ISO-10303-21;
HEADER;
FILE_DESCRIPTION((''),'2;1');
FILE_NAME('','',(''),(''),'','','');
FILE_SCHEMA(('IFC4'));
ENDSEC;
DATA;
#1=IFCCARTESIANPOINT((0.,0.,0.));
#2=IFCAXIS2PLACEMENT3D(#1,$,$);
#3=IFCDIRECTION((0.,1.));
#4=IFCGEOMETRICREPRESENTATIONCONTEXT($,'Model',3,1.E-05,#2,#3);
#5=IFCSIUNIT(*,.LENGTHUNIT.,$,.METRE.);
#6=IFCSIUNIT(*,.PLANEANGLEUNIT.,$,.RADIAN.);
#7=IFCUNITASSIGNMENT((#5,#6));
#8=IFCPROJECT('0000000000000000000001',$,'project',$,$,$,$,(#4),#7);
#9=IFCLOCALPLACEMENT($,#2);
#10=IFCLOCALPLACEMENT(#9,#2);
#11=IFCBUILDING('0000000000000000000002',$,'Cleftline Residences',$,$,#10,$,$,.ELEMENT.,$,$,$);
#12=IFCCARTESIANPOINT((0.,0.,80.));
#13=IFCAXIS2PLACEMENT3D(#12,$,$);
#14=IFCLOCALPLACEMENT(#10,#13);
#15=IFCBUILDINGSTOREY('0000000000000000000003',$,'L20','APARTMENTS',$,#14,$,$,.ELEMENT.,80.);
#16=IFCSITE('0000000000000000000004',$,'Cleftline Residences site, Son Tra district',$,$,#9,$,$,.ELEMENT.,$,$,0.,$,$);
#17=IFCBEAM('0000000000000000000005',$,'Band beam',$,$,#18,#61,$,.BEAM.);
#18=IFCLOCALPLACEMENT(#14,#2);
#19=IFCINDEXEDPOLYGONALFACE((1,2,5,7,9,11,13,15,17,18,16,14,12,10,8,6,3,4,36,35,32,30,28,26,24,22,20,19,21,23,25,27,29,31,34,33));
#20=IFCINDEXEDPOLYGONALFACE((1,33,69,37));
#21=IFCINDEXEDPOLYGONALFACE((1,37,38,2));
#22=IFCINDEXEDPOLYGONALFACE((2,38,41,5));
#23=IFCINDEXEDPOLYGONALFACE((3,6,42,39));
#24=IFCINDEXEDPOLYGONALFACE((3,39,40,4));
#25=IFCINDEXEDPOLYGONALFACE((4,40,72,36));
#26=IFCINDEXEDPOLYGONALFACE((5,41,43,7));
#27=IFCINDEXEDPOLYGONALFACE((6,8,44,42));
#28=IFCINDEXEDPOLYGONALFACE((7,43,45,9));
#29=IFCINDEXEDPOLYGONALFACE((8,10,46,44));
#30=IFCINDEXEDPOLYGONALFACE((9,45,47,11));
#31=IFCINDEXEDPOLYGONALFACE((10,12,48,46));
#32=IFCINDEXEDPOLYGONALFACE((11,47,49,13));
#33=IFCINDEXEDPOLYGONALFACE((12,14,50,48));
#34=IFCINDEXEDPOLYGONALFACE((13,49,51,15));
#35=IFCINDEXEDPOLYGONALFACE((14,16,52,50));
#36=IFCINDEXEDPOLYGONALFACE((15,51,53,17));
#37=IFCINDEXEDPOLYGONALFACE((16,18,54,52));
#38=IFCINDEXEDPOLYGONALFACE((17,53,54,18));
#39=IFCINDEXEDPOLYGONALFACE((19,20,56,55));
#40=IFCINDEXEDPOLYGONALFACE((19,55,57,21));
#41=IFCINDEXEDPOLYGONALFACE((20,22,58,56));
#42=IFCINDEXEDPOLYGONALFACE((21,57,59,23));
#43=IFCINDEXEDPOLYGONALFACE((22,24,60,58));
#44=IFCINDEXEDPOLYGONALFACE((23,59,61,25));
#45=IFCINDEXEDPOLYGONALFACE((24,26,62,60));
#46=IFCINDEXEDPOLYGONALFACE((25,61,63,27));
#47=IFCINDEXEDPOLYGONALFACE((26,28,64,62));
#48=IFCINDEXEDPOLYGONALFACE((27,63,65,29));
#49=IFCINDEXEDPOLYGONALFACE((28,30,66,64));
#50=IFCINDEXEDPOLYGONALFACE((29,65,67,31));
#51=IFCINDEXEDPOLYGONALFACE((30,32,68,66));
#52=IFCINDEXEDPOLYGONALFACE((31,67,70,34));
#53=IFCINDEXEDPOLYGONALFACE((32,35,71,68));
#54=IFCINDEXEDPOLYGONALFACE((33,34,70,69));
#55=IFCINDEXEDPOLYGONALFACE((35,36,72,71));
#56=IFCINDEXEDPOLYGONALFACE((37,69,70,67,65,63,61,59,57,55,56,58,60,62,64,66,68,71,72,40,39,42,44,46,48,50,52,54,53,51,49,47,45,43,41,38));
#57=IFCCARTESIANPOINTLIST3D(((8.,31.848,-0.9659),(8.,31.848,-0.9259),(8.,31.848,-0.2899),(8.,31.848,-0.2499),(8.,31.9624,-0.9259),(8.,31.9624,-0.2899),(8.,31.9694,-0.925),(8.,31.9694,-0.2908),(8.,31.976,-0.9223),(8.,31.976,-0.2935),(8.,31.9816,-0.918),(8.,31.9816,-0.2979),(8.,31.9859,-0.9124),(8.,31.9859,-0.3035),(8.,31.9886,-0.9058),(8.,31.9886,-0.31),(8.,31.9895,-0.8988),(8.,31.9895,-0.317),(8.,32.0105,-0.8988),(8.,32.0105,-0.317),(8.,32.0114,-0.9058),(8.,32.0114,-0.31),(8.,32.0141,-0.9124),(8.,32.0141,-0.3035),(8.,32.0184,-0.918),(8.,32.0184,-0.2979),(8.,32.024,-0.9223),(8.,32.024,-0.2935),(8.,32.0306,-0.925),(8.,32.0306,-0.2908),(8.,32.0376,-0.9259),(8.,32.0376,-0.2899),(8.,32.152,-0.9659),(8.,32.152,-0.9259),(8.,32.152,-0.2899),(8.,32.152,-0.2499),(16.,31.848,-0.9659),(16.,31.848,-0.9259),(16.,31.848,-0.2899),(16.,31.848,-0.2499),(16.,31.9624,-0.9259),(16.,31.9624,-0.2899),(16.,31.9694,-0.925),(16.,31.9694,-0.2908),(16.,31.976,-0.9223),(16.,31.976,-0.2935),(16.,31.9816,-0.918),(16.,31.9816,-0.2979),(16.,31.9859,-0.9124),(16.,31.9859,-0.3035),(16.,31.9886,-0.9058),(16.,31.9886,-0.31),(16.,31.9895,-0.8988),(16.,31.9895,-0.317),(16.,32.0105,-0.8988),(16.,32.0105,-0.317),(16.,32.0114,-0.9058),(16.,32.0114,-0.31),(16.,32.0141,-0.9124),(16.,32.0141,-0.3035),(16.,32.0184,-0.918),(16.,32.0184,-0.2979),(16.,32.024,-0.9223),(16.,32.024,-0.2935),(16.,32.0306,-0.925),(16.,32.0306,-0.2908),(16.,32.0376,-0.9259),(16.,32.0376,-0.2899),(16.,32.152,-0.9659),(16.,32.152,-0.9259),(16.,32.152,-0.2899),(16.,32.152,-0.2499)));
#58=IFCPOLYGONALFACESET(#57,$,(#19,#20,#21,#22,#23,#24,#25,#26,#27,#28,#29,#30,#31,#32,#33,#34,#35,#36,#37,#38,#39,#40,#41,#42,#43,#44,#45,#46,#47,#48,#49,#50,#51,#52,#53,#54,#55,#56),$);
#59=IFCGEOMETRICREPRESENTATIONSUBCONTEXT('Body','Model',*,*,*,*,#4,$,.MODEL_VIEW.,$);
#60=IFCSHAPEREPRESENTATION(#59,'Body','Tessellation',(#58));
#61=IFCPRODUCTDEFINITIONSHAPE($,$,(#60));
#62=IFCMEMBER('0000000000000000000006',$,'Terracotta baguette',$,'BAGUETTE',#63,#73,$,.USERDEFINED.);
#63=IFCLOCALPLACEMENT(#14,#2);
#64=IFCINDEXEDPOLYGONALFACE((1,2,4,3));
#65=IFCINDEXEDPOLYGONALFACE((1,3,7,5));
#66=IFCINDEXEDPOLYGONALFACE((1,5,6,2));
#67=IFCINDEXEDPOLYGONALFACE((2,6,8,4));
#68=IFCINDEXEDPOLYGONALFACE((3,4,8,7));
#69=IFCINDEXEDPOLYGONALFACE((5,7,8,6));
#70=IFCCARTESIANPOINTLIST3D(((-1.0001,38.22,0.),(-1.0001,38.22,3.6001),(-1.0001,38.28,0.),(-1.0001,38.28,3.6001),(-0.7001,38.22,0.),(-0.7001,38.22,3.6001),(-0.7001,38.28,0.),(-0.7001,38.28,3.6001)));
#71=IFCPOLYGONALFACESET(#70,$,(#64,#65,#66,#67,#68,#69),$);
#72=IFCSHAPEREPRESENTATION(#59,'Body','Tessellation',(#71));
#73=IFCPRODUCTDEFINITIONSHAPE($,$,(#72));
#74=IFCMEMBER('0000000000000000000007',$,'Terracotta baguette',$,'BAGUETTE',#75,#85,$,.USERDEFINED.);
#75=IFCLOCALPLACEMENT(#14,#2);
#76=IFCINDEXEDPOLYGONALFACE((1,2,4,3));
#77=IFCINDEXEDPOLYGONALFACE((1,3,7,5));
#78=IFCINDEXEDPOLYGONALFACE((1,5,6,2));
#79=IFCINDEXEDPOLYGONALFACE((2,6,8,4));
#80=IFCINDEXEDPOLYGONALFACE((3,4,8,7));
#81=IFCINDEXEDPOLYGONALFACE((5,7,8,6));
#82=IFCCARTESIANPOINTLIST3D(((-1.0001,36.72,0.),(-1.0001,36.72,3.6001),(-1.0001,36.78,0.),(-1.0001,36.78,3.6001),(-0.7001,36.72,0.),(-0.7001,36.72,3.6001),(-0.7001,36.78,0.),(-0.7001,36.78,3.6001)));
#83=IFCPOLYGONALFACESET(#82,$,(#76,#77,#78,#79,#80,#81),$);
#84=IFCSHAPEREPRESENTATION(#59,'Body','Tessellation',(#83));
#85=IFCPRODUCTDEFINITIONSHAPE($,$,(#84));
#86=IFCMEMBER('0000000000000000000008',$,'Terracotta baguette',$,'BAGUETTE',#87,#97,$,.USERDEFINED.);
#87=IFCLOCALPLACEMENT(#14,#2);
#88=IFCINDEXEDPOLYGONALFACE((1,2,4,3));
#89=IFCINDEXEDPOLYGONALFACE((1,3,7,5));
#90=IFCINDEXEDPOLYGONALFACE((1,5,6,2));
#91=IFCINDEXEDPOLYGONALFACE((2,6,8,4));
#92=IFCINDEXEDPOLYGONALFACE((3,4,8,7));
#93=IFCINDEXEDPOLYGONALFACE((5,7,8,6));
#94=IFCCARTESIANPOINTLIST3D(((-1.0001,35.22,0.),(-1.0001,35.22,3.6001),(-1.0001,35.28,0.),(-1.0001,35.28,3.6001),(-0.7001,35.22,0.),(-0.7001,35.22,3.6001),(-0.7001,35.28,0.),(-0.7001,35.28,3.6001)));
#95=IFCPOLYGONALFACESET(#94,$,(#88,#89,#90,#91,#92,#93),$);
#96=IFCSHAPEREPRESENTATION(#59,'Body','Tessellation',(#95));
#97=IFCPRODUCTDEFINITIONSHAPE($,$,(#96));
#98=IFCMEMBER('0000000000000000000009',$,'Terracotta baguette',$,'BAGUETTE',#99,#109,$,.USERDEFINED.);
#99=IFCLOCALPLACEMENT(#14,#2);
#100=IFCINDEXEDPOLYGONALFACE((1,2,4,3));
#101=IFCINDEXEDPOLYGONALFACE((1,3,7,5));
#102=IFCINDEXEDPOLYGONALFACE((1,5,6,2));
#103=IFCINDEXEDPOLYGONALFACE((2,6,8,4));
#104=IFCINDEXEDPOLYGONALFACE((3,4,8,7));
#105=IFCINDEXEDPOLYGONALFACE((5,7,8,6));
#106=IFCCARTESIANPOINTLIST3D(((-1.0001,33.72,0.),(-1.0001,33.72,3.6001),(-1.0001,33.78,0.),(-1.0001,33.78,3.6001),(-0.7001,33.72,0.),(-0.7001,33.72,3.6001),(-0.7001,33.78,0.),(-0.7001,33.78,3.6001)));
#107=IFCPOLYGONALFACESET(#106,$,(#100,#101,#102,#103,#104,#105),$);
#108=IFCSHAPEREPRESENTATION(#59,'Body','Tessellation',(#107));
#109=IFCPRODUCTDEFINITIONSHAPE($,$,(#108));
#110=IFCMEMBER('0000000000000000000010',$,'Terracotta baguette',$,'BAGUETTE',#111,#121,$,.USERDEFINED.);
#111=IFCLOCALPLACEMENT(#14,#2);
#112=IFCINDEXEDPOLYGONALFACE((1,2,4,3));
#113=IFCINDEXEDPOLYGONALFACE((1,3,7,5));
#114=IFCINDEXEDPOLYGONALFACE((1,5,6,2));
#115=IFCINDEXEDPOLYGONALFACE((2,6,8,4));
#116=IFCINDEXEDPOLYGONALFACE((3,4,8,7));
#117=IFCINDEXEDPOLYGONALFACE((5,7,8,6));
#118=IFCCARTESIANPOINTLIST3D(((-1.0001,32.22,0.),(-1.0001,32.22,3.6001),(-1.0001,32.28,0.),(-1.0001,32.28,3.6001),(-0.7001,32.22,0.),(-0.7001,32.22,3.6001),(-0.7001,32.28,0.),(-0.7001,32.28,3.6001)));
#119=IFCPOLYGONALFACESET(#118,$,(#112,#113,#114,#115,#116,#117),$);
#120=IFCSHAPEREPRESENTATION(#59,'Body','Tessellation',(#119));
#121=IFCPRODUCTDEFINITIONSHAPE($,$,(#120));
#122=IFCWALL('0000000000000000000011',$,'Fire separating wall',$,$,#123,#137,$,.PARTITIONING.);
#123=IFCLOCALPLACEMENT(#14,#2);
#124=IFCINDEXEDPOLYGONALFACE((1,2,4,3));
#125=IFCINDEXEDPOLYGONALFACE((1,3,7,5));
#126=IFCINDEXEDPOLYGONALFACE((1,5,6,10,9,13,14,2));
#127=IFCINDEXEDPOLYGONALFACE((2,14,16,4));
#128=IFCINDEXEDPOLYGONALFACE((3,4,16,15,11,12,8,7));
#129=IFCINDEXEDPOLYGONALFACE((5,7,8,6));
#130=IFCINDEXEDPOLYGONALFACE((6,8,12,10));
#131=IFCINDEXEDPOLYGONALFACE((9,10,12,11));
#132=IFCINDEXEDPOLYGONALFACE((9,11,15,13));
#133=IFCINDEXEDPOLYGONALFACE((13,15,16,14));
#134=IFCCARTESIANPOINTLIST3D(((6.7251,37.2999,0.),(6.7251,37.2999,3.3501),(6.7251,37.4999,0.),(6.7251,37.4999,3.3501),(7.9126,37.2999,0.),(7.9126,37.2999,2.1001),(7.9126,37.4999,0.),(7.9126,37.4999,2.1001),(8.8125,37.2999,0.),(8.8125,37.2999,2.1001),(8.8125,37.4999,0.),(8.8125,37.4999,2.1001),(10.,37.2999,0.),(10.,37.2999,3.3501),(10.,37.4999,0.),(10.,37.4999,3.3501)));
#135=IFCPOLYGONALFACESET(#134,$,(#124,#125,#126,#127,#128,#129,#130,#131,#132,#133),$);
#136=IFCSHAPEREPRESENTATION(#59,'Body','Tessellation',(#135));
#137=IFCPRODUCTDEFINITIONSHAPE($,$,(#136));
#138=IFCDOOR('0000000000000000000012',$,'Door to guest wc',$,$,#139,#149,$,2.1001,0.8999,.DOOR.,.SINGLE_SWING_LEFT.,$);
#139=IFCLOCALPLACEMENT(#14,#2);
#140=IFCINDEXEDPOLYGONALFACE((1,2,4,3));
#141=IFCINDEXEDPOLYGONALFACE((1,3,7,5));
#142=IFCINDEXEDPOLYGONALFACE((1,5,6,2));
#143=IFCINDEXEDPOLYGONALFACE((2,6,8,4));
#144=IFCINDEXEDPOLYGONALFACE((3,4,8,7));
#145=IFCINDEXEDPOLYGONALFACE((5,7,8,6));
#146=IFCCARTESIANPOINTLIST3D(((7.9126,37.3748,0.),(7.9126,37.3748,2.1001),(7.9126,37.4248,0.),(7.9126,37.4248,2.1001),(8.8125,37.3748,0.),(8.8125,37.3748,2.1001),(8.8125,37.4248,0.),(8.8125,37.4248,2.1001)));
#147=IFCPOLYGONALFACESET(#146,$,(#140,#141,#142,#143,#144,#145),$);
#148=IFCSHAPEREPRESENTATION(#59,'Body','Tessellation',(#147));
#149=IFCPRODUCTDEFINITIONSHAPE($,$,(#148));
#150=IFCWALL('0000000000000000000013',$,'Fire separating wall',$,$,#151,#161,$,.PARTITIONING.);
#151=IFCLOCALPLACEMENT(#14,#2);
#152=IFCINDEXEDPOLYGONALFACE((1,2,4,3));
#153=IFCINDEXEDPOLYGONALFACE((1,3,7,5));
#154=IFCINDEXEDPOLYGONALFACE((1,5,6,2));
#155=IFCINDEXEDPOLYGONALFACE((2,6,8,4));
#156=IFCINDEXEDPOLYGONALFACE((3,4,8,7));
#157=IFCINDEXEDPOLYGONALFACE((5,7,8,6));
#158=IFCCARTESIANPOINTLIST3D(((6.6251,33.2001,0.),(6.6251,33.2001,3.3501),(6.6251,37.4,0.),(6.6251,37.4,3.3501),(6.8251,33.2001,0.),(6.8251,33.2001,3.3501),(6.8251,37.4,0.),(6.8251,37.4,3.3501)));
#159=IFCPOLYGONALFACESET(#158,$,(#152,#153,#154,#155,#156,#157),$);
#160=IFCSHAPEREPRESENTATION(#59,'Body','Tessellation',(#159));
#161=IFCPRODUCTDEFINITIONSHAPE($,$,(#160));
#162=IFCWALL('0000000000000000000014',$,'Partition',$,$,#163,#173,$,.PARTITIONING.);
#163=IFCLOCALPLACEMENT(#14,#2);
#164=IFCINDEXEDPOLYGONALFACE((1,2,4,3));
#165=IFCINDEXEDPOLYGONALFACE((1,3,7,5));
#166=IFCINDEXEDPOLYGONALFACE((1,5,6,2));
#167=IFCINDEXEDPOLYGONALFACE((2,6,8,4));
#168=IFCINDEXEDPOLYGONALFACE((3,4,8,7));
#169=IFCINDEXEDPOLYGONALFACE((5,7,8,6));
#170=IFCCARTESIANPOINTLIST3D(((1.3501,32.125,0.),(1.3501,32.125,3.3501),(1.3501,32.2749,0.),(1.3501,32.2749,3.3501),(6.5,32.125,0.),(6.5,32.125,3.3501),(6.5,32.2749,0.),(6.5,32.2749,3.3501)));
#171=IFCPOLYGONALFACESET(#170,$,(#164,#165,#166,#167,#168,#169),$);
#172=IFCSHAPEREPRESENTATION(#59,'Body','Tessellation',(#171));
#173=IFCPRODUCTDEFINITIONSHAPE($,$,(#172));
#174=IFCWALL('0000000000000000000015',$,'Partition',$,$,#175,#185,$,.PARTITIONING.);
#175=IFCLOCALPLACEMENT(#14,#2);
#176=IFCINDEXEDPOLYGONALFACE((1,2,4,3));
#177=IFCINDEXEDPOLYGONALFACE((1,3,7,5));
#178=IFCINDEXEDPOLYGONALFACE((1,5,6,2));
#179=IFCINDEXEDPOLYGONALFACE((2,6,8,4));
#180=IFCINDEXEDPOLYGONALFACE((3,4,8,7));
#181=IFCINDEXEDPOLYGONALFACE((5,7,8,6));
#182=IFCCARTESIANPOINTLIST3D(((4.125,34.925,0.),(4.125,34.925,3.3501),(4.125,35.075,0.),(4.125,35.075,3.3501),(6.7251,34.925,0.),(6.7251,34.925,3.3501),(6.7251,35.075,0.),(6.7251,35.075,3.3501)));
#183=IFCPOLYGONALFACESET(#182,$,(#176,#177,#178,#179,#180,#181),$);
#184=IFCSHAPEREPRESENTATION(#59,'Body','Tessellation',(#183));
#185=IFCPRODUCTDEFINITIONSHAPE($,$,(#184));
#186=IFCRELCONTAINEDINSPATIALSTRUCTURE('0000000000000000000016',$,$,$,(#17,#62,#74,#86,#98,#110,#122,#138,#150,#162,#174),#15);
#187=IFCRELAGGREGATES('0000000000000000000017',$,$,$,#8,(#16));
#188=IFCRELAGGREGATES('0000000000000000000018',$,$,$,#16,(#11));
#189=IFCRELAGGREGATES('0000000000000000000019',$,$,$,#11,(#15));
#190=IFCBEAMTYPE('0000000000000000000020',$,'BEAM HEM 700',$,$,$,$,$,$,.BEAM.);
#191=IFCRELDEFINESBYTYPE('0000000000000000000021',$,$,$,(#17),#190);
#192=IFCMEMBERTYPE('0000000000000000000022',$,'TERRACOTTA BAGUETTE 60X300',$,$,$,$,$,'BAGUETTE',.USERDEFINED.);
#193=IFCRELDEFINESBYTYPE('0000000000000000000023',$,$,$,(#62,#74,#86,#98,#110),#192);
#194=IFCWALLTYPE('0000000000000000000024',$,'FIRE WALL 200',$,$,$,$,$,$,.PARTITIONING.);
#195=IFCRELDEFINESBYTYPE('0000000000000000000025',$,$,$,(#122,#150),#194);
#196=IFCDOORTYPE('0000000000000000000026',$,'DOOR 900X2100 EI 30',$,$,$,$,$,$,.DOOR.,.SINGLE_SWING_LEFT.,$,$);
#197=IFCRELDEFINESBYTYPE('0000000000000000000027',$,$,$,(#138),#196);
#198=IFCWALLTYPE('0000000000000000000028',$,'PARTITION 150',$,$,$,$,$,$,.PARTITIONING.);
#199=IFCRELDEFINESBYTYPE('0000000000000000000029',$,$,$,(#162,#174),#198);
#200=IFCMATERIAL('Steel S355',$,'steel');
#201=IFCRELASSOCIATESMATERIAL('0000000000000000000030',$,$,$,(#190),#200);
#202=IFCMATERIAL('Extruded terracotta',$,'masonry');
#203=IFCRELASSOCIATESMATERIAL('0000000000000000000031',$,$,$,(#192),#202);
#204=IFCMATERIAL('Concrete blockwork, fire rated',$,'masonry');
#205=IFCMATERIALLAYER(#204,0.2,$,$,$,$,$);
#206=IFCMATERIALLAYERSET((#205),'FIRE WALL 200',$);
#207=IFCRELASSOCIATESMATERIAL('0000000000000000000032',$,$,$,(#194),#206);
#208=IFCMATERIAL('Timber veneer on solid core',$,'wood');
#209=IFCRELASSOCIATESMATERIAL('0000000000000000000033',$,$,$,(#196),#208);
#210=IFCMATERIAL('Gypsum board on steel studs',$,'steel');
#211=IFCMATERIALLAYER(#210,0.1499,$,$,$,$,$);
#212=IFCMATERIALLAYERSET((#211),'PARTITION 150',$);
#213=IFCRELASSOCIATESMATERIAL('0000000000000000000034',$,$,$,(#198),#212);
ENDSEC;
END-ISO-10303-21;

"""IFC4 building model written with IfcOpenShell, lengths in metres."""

from ifc_helpers import new_model, si_unit, direction, frame, frame_2d, origin, origin_2d, place, context, subcontext, project, spatial, rectangle, i_section, extrude, material, layer, layer_set, material_profile, profile_set, type_object, element, fill, save


model = new_model("IFC4")

# Units and contexts
model_context = context("Model", 3, precision=1e-05, world=origin(), true_north=direction((0.0, 1.0)))
body_context = subcontext(model_context, "Body", "Model", "MODEL_VIEW")
ifc_project = project(units=[si_unit("LENGTHUNIT", "METRE"), si_unit("PLANEANGLEUNIT", "RADIAN")], contexts=[model_context])

# Site, building, storey
site_placement = place(None, origin())
site = spatial("IfcSite", under=ifc_project, at=site_placement, Name="Cleftline Residences site, Son Tra district", CompositionType="ELEMENT", RefElevation=0.0)
building_placement = place(site_placement, origin())
building = spatial("IfcBuilding", under=site, at=building_placement, Name="Cleftline Residences", CompositionType="ELEMENT")
storey_placement = place(building_placement, frame((0.0, 0.0, 80.0)))
storey = spatial("IfcBuildingStorey", under=building, at=storey_placement, Name="L20", Description="APARTMENTS", CompositionType="ELEMENT", Elevation=80.0)

# Beam
ifc_material_1 = material(Name="Steel S355", Category="steel")
ifc_material_profile_1 = material_profile(ifc_material_1, i_section(OverallWidth=0.304, OverallDepth=0.7161, WebThickness=0.021, FlangeThickness=0.04, FilletRadius=0.0271, at=origin_2d()))
ifc_profile_set_1 = profile_set([ifc_material_profile_1], Name="Steel S355")
beam_type = type_object("IfcBeamType", Name="BEAM HEM 700", PredefinedType="BEAM", material=ifc_profile_set_1)
beam_placement = place(storey_placement, frame((8.0, 32.0, -0.6079), z_axis=(1.0, 0.0, 0.0), x_axis=(0.0, 1.0, 0.0)))
element("IfcBeam", 1, at=beam_placement, inside=storey, type_object=beam_type, Name="Band beam", PredefinedType="BEAM", context=body_context, shape_type="SweptSolid", body=[
    extrude(i_section(OverallWidth=0.304, OverallDepth=0.7161, WebThickness=0.021, FlangeThickness=0.04, FilletRadius=0.0271, at=origin_2d()), origin(), (0.0, 0.0, 1.0), 8.0),
])

# Members
ifc_material_2 = material(Name="Extruded terracotta", Category="masonry")
ifc_material_profile_2 = material_profile(ifc_material_2, rectangle(XDim=0.0601, YDim=0.3, at=origin_2d()))
ifc_profile_set_2 = profile_set([ifc_material_profile_2], Name="Extruded terracotta")
member_type = type_object("IfcMemberType", Name="TERRACOTTA BAGUETTE 60X300", ElementType="BAGUETTE", PredefinedType="USERDEFINED", material=ifc_profile_set_2)
for number, where, z_axis, x_axis, name in (
    (2, (-0.8501, 38.25, 0.0), (0.0, 0.0, 1.0), (0.0, 1.0, 0.0), "Terracotta baguette"),
    (3, (-0.8501, 36.75, 0.0), (0.0, 0.0, 1.0), (0.0, 1.0, 0.0), "Terracotta baguette"),
    (4, (-0.8501, 35.25, 0.0), (0.0, 0.0, 1.0), (0.0, 1.0, 0.0), "Terracotta baguette"),
    (5, (-0.8501, 33.75, 0.0), (0.0, 0.0, 1.0), (0.0, 1.0, 0.0), "Terracotta baguette"),
    (6, (-0.8501, 32.25, 0.0), (0.0, 0.0, 1.0), (0.0, 1.0, 0.0), "Terracotta baguette"),
):
    element("IfcMember", number, at=place(storey_placement, frame(where, z_axis=z_axis, x_axis=x_axis)), inside=storey, type_object=member_type, Name=name, ObjectType="BAGUETTE", PredefinedType="USERDEFINED", context=body_context, shape_type="SweptSolid", body=[
        extrude(rectangle(XDim=0.0601, YDim=0.3, at=origin_2d()), origin(), (0.0, 0.0, 1.0), 3.6001),
    ])

# Wall, opening, door
ifc_material_3 = material(Name="Concrete blockwork, fire rated", Category="masonry")
ifc_layer_1 = layer(ifc_material_3, 0.2)
ifc_layer_set_1 = layer_set([ifc_layer_1], Name="FIRE WALL 200")
wall_type_1 = type_object("IfcWallType", Name="FIRE WALL 200", PredefinedType="PARTITIONING", material=ifc_layer_set_1)
wall_1_placement = place(storey_placement, frame((6.7251, 37.3999, 0.0), z_axis=(0.0, 0.0, 1.0), x_axis=(1.0, 0.0, 0.0)))
wall_1 = element("IfcWall", 7, at=wall_1_placement, inside=storey, type_object=wall_type_1, Name="Fire separating wall", PredefinedType="PARTITIONING", context=body_context, shape_type="SweptSolid", body=[
    extrude(rectangle(XDim=3.2749, YDim=0.2, at=frame_2d((1.6375, 0.0))), origin(), (0.0, 0.0, 1.0), 3.3501),
])
opening_1_placement = place(wall_1_placement, frame((1.1875, 0.0, 0.0)))
opening_1 = element("IfcOpeningElement", 8, at=opening_1_placement, cuts=wall_1, PredefinedType="OPENING", context=body_context, shape_type="SweptSolid", body=[
    extrude(rectangle(XDim=0.8999, YDim=2.1001, at=frame_2d((0.45, 1.05))), frame((0.0, 0.1099, 0.0), z_axis=(0.0, -1.0, 0.0), x_axis=(1.0, 0.0, 0.0)), (0.0, 0.0, 1.0), 0.22),
])
ifc_material_4 = material(Name="Timber veneer on solid core", Category="wood")
door_type_1 = type_object("IfcDoorType", Name="DOOR 900X2100 EI 30", OperationType="SINGLE_SWING_LEFT", PredefinedType="DOOR", material=ifc_material_4)
door_1_placement = place(opening_1_placement, origin())
door_1 = element("IfcDoor", 9, at=door_1_placement, inside=storey, type_object=door_type_1, Name="Door to guest wc", OperationType="SINGLE_SWING_LEFT", OverallHeight=2.1001, OverallWidth=0.8999, PredefinedType="DOOR", context=body_context, shape_type="SweptSolid", body=[
    extrude(rectangle(XDim=0.8999, YDim=2.1001, at=frame_2d((0.45, 1.05))), frame((0.0, 0.0249, 0.0), z_axis=(0.0, -1.0, 0.0), x_axis=(1.0, 0.0, 0.0)), (0.0, 0.0, 1.0), 0.05),
])
fill(opening_1, door_1)

# Walls
wall_2_placement = place(storey_placement, frame((6.7251, 33.2, 0.0), z_axis=(0.0, 0.0, 1.0), x_axis=(0.0, 1.0, 0.0)))
element("IfcWall", 10, at=wall_2_placement, inside=storey, type_object=wall_type_1, Name="Fire separating wall", PredefinedType="PARTITIONING", context=body_context, shape_type="SweptSolid", body=[
    extrude(rectangle(XDim=4.2, YDim=0.2, at=frame_2d((2.1001, 0.0))), origin(), (0.0, 0.0, 1.0), 3.3501),
])
ifc_material_5 = material(Name="Gypsum board on steel studs", Category="steel")
ifc_layer_2 = layer(ifc_material_5, 0.1499)
ifc_layer_set_2 = layer_set([ifc_layer_2], Name="PARTITION 150")
wall_type_2 = type_object("IfcWallType", Name="PARTITION 150", PredefinedType="PARTITIONING", material=ifc_layer_set_2)
wall_3_placement = place(storey_placement, frame((1.3501, 32.2, 0.0), z_axis=(0.0, 0.0, 1.0), x_axis=(1.0, 0.0, 0.0)))
element("IfcWall", 11, at=wall_3_placement, inside=storey, type_object=wall_type_2, Name="Partition", PredefinedType="PARTITIONING", context=body_context, shape_type="SweptSolid", body=[
    extrude(rectangle(XDim=5.1499, YDim=0.1499, at=frame_2d((2.575, 0.0))), origin(), (0.0, 0.0, 1.0), 3.3501),
])
wall_4_placement = place(storey_placement, frame((4.125, 35.0, 0.0), z_axis=(0.0, 0.0, 1.0), x_axis=(1.0, 0.0, 0.0)))
element("IfcWall", 12, at=wall_4_placement, inside=storey, type_object=wall_type_2, Name="Partition", PredefinedType="PARTITIONING", context=body_context, shape_type="SweptSolid", body=[
    extrude(rectangle(XDim=2.6001, YDim=0.1499, at=frame_2d((1.3, 0.0))), origin(), (0.0, 0.0, 1.0), 3.3501),
])

save(model, "model.ifc")
